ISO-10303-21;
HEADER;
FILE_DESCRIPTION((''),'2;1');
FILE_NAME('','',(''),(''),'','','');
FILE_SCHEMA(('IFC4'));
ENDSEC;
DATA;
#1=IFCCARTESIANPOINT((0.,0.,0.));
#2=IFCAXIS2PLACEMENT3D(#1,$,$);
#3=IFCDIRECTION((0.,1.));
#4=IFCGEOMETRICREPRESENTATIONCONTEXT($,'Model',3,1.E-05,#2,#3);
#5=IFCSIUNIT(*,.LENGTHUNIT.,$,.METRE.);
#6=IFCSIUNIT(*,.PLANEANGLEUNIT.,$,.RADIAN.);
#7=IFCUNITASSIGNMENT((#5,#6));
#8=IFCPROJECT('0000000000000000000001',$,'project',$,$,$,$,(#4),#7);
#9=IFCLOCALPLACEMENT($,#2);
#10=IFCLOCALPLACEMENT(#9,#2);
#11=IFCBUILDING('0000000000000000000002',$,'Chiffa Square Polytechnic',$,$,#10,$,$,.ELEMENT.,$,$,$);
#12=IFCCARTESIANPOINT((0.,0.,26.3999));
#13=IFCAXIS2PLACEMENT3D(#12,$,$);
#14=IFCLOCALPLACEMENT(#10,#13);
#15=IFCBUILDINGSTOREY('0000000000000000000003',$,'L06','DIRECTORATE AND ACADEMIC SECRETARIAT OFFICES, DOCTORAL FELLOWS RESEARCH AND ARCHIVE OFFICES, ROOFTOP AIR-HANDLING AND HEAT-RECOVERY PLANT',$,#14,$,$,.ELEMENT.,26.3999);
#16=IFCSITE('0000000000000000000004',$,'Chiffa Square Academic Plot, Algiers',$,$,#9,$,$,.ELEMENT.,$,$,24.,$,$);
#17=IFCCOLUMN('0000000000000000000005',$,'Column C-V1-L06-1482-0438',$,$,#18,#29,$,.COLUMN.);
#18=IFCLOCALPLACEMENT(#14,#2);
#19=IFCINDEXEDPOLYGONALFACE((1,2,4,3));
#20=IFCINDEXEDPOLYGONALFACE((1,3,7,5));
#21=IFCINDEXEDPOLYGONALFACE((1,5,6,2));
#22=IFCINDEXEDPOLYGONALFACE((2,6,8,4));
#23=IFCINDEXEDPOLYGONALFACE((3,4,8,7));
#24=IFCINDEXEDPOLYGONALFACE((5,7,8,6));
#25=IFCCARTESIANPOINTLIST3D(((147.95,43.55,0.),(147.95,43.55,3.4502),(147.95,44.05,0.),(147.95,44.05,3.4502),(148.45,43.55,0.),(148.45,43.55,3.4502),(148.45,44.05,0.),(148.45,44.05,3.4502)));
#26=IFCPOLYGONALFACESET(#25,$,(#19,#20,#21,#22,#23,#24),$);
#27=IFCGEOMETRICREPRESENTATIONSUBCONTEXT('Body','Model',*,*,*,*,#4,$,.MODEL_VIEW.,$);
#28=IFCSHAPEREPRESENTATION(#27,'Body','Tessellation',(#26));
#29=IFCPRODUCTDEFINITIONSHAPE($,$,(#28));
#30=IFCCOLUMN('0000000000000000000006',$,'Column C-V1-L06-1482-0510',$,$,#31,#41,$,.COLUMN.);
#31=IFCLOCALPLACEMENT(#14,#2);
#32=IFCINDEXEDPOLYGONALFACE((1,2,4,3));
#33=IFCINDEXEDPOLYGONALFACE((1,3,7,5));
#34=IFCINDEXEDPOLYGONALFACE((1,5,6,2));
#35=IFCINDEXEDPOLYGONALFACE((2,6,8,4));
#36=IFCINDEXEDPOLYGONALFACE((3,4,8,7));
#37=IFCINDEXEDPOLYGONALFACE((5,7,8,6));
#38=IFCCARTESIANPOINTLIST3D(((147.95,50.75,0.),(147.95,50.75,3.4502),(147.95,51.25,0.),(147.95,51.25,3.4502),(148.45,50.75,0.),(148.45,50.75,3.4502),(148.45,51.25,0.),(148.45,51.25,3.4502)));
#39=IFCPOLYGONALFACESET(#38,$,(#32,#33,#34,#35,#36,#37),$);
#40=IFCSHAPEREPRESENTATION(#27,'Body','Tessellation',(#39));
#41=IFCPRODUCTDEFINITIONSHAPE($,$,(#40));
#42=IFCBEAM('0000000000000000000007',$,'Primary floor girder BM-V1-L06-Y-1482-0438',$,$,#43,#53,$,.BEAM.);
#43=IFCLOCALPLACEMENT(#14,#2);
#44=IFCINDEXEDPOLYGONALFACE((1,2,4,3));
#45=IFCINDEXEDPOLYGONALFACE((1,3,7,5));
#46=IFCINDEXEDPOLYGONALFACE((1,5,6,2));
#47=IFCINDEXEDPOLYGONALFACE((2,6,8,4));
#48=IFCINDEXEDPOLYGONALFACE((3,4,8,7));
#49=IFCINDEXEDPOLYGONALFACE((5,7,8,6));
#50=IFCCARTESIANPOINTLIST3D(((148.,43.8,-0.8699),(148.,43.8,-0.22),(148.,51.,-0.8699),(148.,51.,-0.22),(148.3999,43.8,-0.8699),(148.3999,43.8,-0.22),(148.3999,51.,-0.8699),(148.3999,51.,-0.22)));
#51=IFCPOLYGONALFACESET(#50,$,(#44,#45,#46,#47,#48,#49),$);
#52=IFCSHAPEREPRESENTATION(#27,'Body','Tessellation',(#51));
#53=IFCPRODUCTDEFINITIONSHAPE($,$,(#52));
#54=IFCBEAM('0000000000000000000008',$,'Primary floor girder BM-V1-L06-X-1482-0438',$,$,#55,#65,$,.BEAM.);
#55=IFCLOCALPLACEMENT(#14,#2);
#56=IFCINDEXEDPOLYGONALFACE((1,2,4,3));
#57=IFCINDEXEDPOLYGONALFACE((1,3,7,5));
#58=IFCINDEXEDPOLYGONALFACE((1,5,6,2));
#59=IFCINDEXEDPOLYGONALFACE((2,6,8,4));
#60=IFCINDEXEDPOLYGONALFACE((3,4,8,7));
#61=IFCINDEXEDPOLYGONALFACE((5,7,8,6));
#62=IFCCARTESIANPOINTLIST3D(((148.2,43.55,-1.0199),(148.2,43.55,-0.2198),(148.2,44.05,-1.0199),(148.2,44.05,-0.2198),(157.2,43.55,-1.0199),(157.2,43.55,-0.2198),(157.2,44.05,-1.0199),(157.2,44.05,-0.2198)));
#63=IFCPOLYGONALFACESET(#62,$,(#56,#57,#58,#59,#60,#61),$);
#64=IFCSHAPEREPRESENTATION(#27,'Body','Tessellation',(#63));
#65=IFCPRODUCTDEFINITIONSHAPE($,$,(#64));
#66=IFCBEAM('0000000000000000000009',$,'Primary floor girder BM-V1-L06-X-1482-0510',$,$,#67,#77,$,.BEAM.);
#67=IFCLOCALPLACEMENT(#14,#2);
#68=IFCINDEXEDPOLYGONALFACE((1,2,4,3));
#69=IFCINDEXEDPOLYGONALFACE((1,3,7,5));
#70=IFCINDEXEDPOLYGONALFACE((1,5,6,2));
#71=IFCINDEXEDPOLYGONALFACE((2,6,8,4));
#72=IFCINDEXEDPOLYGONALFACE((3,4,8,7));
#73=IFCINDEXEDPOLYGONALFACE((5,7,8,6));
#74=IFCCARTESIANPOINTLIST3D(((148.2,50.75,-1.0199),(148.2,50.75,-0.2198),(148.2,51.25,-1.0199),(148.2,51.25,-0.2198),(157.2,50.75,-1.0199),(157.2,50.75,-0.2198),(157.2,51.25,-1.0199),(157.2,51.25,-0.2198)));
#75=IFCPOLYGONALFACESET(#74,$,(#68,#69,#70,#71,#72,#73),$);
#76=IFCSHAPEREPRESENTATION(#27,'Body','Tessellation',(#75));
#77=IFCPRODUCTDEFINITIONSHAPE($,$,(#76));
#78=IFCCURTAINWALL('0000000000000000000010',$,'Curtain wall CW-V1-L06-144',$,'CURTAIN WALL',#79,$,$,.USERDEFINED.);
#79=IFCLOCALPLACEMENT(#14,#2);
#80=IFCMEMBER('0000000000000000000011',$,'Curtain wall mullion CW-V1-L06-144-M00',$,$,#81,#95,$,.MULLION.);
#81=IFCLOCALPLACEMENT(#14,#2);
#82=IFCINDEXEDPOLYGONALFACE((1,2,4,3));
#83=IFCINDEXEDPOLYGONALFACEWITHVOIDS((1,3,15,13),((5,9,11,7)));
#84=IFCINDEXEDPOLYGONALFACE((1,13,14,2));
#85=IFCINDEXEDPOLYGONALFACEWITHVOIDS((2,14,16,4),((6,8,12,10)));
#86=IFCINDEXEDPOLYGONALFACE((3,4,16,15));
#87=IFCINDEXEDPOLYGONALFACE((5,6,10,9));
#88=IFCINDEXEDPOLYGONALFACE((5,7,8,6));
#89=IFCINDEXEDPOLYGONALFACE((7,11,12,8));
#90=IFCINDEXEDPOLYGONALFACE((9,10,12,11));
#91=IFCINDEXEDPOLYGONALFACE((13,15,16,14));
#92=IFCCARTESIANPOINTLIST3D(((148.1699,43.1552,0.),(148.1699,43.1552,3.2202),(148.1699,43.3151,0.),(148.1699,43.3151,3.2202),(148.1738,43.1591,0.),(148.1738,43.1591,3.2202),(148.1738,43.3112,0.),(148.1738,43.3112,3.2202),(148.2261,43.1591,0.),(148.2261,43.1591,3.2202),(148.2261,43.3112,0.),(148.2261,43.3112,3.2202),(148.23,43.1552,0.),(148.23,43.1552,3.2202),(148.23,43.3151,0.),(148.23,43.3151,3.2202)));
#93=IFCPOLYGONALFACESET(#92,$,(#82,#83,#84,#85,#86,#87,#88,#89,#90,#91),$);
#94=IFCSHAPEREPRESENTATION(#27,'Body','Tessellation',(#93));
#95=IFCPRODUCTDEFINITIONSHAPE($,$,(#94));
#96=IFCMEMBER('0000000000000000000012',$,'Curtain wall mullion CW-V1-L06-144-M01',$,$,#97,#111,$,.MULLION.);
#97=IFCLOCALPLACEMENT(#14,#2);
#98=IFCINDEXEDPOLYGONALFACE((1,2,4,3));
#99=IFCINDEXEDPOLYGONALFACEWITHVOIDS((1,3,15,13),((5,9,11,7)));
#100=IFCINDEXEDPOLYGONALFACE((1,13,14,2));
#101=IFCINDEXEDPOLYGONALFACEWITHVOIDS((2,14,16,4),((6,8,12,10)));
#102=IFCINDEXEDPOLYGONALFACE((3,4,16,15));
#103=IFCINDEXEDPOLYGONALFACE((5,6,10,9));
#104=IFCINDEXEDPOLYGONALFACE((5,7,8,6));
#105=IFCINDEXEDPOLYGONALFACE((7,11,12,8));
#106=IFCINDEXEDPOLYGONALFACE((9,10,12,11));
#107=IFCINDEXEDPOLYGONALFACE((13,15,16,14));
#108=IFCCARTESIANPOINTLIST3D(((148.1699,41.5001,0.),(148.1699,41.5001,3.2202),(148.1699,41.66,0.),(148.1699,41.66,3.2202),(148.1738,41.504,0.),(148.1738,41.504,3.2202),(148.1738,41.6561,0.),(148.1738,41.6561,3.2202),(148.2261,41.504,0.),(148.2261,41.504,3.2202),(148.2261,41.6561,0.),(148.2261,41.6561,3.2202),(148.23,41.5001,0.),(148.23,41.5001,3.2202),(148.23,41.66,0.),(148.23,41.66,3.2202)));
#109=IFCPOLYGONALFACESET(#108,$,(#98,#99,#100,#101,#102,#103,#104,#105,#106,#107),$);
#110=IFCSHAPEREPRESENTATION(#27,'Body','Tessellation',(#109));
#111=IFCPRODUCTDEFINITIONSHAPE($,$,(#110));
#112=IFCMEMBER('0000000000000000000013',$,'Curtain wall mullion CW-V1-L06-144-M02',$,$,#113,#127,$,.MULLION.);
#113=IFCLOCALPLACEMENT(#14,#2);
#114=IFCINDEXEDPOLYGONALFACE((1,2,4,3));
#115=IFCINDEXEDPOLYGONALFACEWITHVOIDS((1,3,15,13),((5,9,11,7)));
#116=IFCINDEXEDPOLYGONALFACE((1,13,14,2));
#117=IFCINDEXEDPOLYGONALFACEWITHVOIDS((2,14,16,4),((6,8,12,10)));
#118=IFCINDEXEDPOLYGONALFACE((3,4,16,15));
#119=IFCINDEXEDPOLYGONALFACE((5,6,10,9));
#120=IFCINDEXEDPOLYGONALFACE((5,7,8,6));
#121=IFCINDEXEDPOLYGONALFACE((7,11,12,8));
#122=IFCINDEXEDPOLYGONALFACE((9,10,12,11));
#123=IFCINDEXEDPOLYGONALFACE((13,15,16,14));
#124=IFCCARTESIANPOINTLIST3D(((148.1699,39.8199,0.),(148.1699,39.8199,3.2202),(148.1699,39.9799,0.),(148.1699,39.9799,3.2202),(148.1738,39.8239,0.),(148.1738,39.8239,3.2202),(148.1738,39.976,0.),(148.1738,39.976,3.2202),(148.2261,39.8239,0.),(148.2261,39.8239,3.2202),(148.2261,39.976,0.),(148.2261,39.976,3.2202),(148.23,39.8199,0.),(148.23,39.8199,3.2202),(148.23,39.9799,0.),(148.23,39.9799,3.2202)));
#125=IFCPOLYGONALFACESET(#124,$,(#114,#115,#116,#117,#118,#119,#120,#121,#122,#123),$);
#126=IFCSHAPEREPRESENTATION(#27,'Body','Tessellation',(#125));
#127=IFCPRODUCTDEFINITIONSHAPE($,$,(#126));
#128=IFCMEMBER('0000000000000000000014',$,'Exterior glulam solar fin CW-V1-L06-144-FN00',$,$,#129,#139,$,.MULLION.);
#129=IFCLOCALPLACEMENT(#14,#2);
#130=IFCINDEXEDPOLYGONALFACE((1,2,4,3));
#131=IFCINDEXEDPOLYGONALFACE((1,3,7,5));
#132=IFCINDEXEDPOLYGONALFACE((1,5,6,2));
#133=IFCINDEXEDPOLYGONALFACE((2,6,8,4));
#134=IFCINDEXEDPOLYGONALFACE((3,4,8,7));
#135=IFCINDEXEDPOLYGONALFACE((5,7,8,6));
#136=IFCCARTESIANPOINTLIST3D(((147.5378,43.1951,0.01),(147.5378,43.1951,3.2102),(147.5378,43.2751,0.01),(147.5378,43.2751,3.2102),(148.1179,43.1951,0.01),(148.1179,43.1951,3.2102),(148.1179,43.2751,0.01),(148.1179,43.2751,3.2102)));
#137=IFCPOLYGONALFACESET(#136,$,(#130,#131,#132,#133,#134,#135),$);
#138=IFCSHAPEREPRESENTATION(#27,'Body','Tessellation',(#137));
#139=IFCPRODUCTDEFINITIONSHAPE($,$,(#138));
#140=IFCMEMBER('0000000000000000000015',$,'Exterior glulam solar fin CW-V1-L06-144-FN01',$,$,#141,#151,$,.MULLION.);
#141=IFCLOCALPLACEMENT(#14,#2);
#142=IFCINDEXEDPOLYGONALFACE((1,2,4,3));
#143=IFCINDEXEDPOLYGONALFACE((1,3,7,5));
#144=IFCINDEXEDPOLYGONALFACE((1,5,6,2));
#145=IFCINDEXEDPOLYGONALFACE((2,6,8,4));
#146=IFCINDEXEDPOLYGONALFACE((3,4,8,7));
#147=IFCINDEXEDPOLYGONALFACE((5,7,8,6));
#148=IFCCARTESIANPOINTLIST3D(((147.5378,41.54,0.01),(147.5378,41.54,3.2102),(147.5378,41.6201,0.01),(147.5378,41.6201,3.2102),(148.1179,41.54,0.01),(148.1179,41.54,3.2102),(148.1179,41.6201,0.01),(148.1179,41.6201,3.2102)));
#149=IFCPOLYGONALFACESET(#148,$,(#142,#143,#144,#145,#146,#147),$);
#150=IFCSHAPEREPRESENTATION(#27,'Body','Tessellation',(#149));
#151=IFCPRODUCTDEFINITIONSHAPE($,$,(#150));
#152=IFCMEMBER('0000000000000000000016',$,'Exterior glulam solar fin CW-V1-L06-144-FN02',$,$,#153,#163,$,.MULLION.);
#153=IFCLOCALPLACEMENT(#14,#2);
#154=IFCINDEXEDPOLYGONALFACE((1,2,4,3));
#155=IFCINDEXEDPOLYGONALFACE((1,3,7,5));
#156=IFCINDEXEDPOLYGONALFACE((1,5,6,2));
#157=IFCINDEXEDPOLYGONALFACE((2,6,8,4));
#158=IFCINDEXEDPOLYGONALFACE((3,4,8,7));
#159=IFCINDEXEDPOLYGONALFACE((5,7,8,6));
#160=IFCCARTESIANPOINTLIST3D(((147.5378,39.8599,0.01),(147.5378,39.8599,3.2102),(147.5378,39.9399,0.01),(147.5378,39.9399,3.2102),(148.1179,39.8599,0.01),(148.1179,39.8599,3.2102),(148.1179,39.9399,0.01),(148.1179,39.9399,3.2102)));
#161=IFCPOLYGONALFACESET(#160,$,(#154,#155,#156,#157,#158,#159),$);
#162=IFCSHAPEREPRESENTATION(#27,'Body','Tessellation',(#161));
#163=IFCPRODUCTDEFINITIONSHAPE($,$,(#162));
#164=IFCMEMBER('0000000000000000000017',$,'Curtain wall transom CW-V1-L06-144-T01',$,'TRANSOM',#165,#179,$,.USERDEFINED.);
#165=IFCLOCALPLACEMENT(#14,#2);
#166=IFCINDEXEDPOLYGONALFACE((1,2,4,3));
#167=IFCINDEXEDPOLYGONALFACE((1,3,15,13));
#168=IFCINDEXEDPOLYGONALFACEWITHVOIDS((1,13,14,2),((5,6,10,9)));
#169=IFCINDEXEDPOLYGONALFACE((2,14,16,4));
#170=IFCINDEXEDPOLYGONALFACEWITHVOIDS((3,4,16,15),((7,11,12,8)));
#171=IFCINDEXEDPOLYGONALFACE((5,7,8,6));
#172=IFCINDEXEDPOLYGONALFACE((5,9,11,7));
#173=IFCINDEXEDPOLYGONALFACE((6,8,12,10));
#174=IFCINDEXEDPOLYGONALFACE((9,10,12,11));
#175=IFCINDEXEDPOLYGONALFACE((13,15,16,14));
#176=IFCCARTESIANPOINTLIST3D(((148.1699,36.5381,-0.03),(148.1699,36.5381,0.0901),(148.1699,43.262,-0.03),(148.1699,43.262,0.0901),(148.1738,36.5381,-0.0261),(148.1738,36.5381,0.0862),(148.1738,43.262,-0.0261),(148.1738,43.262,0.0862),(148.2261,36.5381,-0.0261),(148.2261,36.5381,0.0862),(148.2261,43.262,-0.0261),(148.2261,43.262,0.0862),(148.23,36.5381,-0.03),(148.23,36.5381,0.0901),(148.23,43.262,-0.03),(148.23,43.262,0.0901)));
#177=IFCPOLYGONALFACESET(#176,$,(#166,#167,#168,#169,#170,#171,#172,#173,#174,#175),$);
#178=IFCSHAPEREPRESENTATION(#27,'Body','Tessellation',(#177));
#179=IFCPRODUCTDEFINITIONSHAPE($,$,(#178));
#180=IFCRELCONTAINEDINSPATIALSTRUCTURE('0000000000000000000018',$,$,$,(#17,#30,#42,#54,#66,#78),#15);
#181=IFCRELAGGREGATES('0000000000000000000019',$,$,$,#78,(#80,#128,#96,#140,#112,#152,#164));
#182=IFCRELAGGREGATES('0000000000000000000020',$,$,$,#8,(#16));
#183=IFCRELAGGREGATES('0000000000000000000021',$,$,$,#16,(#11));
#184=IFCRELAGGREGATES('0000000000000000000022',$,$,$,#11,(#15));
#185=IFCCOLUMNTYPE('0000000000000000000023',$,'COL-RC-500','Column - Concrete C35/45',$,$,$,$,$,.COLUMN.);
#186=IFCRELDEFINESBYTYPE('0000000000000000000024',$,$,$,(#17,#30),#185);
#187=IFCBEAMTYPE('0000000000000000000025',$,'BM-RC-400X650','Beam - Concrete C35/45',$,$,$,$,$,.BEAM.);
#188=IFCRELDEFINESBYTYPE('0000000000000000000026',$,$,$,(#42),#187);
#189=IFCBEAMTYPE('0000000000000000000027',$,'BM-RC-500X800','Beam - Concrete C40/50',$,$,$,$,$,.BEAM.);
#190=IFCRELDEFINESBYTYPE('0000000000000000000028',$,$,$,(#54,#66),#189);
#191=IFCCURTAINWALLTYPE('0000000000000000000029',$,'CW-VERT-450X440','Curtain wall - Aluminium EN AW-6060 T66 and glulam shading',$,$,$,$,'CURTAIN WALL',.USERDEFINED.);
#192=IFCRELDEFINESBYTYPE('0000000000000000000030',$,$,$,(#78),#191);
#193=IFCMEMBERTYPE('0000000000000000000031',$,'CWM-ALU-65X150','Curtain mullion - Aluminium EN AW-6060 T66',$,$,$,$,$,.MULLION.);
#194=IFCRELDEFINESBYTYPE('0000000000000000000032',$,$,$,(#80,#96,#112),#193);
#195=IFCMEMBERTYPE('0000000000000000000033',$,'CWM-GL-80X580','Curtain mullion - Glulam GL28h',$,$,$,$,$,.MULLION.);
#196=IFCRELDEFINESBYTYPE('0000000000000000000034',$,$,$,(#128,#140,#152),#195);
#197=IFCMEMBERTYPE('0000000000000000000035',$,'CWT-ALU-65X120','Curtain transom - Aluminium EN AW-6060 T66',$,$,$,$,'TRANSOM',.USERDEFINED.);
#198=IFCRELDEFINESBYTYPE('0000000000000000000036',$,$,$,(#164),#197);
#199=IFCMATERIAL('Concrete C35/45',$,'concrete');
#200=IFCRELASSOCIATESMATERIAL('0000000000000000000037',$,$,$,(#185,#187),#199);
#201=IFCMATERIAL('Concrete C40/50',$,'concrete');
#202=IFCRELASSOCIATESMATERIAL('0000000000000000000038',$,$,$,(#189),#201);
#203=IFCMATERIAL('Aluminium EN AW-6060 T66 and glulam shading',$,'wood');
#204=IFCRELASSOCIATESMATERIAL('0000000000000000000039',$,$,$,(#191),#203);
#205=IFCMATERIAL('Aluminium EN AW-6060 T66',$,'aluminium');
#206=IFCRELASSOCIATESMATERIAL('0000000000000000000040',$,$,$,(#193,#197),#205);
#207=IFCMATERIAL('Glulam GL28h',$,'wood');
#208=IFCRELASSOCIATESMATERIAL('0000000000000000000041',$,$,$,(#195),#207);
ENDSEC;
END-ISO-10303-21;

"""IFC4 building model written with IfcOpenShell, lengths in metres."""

from ifc_helpers import new_model, si_unit, direction, frame, origin, origin_2d, place, context, subcontext, project, spatial, rectangle, hollow_rectangle, extrude, material, material_profile, profile_set, type_object, element, aggregate, save


model = new_model("IFC4")

# Units and contexts
model_context = context("Model", 3, precision=1e-05, world=origin(), true_north=direction((0.0, 1.0)))
body_context = subcontext(model_context, "Body", "Model", "MODEL_VIEW")
ifc_project = project(units=[si_unit("LENGTHUNIT", "METRE"), si_unit("PLANEANGLEUNIT", "RADIAN")], contexts=[model_context])

# Site, building, storey
site_placement = place(None, origin())
site = spatial("IfcSite", under=ifc_project, at=site_placement, Name="Chiffa Square Academic Plot, Algiers", CompositionType="ELEMENT", RefElevation=24.0)
building_placement = place(site_placement, origin())
building = spatial("IfcBuilding", under=site, at=building_placement, Name="Chiffa Square Polytechnic", CompositionType="ELEMENT")
storey_placement = place(building_placement, frame((0.0, 0.0, 26.3999)))
storey = spatial("IfcBuildingStorey", under=building, at=storey_placement, Name="L06", Description="DIRECTORATE AND ACADEMIC SECRETARIAT OFFICES, DOCTORAL FELLOWS RESEARCH AND ARCHIVE OFFICES, ROOFTOP AIR-HANDLING AND HEAT-RECOVERY PLANT", CompositionType="ELEMENT", Elevation=26.3999)

# Columns
ifc_material_1 = material(Name="Concrete C35/45", Category="concrete")
ifc_material_profile_1 = material_profile(ifc_material_1, rectangle(XDim=0.5, YDim=0.5, at=origin_2d()), Name="RC 500x500")
ifc_profile_set_1 = profile_set([ifc_material_profile_1], Name="Concrete C35/45")
column_type = type_object("IfcColumnType", Name="COL-RC-500", Description="Column - Concrete C35/45", PredefinedType="COLUMN", material=ifc_profile_set_1)
for number, where, z_axis, x_axis, name in (
    (1, (148.2, 43.8, 0.0), (0.0, 0.0, 1.0), (1.0, 0.0, 0.0), "Column C-V1-L06-1482-0438"),
    (2, (148.2, 51.0, 0.0), (0.0, 0.0, 1.0), (1.0, 0.0, 0.0), "Column C-V1-L06-1482-0510"),
):
    element("IfcColumn", number, at=place(storey_placement, frame(where, z_axis=z_axis, x_axis=x_axis)), inside=storey, type_object=column_type, Name=name, PredefinedType="COLUMN", context=body_context, shape_type="SweptSolid", body=[
        extrude(rectangle(XDim=0.5, YDim=0.5, at=origin_2d()), origin(), (0.0, 0.0, 1.0), 3.4502),
    ])

# Beams
ifc_material_profile_2 = material_profile(ifc_material_1, rectangle(XDim=0.3999, YDim=0.6499, at=origin_2d()), Name="RC 400x650")
ifc_profile_set_2 = profile_set([ifc_material_profile_2], Name="Concrete C35/45")
beam_type_1 = type_object("IfcBeamType", Name="BM-RC-400X650", Description="Beam - Concrete C35/45", PredefinedType="BEAM", material=ifc_profile_set_2)
beam_placement = place(storey_placement, frame((148.2, 43.8, -0.5449), z_axis=(0.0, 1.0, 0.0), x_axis=(-1.0, 0.0, 0.0)))
element("IfcBeam", 3, at=beam_placement, inside=storey, type_object=beam_type_1, Name="Primary floor girder BM-V1-L06-Y-1482-0438", PredefinedType="BEAM", context=body_context, shape_type="SweptSolid", body=[
    extrude(rectangle(XDim=0.3999, YDim=0.6499, at=origin_2d()), origin(), (0.0, 0.0, 1.0), 7.2),
])
ifc_material_2 = material(Name="Concrete C40/50", Category="concrete")
ifc_material_profile_3 = material_profile(ifc_material_2, rectangle(XDim=0.5, YDim=0.8, at=origin_2d()), Name="RC 500x800")
ifc_profile_set_3 = profile_set([ifc_material_profile_3], Name="Concrete C40/50")
beam_type_2 = type_object("IfcBeamType", Name="BM-RC-500X800", Description="Beam - Concrete C40/50", PredefinedType="BEAM", material=ifc_profile_set_3)
for number, where, z_axis, x_axis, name in (
    (4, (148.2, 43.8, -0.6199), (1.0, 0.0, 0.0), (0.0, 1.0, 0.0), "Primary floor girder BM-V1-L06-X-1482-0438"),
    (5, (148.2, 51.0, -0.6199), (1.0, 0.0, 0.0), (0.0, 1.0, 0.0), "Primary floor girder BM-V1-L06-X-1482-0510"),
):
    element("IfcBeam", number, at=place(storey_placement, frame(where, z_axis=z_axis, x_axis=x_axis)), inside=storey, type_object=beam_type_2, Name=name, PredefinedType="BEAM", context=body_context, shape_type="SweptSolid", body=[
        extrude(rectangle(XDim=0.5, YDim=0.8, at=origin_2d()), origin(), (0.0, 0.0, 1.0), 9.0),
    ])

# Curtain wall, members
ifc_material_3 = material(Name="Aluminium EN AW-6060 T66 and glulam shading", Category="wood")
curtain_wall_type = type_object("IfcCurtainWallType", Name="CW-VERT-450X440", Description="Curtain wall - Aluminium EN AW-6060 T66 and glulam shading", ElementType="CURTAIN WALL", PredefinedType="USERDEFINED", material=ifc_material_3)
curtain_wall_placement = place(storey_placement, origin())
curtain_wall = element("IfcCurtainWall", 6, at=curtain_wall_placement, inside=storey, type_object=curtain_wall_type, Name="Curtain wall CW-V1-L06-144", ObjectType="CURTAIN WALL", PredefinedType="USERDEFINED")
ifc_material_4 = material(Name="Aluminium EN AW-6060 T66", Category="aluminium")
ifc_material_profile_4 = material_profile(ifc_material_4, hollow_rectangle(XDim=0.0601, YDim=0.1599, WallThickness=0.0039, at=origin_2d()), Name="ALU 60x160x4")
ifc_profile_set_4 = profile_set([ifc_material_profile_4], Name="Aluminium EN AW-6060 T66")
member_type_1 = type_object("IfcMemberType", Name="CWM-ALU-65X150", Description="Curtain mullion - Aluminium EN AW-6060 T66", PredefinedType="MULLION", material=ifc_profile_set_4)
member_1_placement = place(storey_placement, frame((148.2, 43.2351, 0.0), z_axis=(0.0, 0.0, 1.0), x_axis=(1.0, 0.0, 0.0)))
member_1 = element("IfcMember", 7, at=member_1_placement, type_object=member_type_1, Name="Curtain wall mullion CW-V1-L06-144-M00", PredefinedType="MULLION", context=body_context, shape_type="SweptSolid", body=[
    extrude(hollow_rectangle(XDim=0.0601, YDim=0.1599, WallThickness=0.0039, at=origin_2d()), origin(), (0.0, 0.0, 1.0), 3.2202),
])
member_2_placement = place(storey_placement, frame((148.2, 41.5801, 0.0), z_axis=(0.0, 0.0, 1.0), x_axis=(1.0, 0.0, 0.0)))
member_2 = element("IfcMember", 8, at=member_2_placement, type_object=member_type_1, Name="Curtain wall mullion CW-V1-L06-144-M01", PredefinedType="MULLION", context=body_context, shape_type="SweptSolid", body=[
    extrude(hollow_rectangle(XDim=0.0601, YDim=0.1599, WallThickness=0.0039, at=origin_2d()), origin(), (0.0, 0.0, 1.0), 3.2202),
])
member_3_placement = place(storey_placement, frame((148.2, 39.8999, 0.0), z_axis=(0.0, 0.0, 1.0), x_axis=(1.0, 0.0, 0.0)))
member_3 = element("IfcMember", 9, at=member_3_placement, type_object=member_type_1, Name="Curtain wall mullion CW-V1-L06-144-M02", PredefinedType="MULLION", context=body_context, shape_type="SweptSolid", body=[
    extrude(hollow_rectangle(XDim=0.0601, YDim=0.1599, WallThickness=0.0039, at=origin_2d()), origin(), (0.0, 0.0, 1.0), 3.2202),
])
ifc_material_5 = material(Name="Glulam GL28h", Category="wood")
ifc_material_profile_5 = material_profile(ifc_material_5, rectangle(XDim=0.0801, YDim=0.5801, at=origin_2d()), Name="GL28h 80x580")
ifc_profile_set_5 = profile_set([ifc_material_profile_5], Name="Glulam GL28h")
member_type_2 = type_object("IfcMemberType", Name="CWM-GL-80X580", Description="Curtain mullion - Glulam GL28h", PredefinedType="MULLION", material=ifc_profile_set_5)
member_4_placement = place(storey_placement, frame((147.8279, 43.2351, 0.01), z_axis=(0.0, 0.0, 1.0), x_axis=(0.0, -1.0, 0.0)))
member_4 = element("IfcMember", 10, at=member_4_placement, type_object=member_type_2, Name="Exterior glulam solar fin CW-V1-L06-144-FN00", PredefinedType="MULLION", context=body_context, shape_type="SweptSolid", body=[
    extrude(rectangle(XDim=0.0801, YDim=0.5801, at=origin_2d()), origin(), (0.0, 0.0, 1.0), 3.2002),
])
member_5_placement = place(storey_placement, frame((147.8279, 41.5801, 0.01), z_axis=(0.0, 0.0, 1.0), x_axis=(0.0, -1.0, 0.0)))
member_5 = element("IfcMember", 11, at=member_5_placement, type_object=member_type_2, Name="Exterior glulam solar fin CW-V1-L06-144-FN01", PredefinedType="MULLION", context=body_context, shape_type="SweptSolid", body=[
    extrude(rectangle(XDim=0.0801, YDim=0.5801, at=origin_2d()), origin(), (0.0, 0.0, 1.0), 3.2002),
])
member_6_placement = place(storey_placement, frame((147.8279, 39.8999, 0.01), z_axis=(0.0, 0.0, 1.0), x_axis=(0.0, -1.0, 0.0)))
member_6 = element("IfcMember", 12, at=member_6_placement, type_object=member_type_2, Name="Exterior glulam solar fin CW-V1-L06-144-FN02", PredefinedType="MULLION", context=body_context, shape_type="SweptSolid", body=[
    extrude(rectangle(XDim=0.0801, YDim=0.5801, at=origin_2d()), origin(), (0.0, 0.0, 1.0), 3.2002),
])
ifc_material_profile_6 = material_profile(ifc_material_4, hollow_rectangle(XDim=0.0601, YDim=0.1201, WallThickness=0.0039, at=origin_2d()), Name="ALU 60x120x4")
ifc_profile_set_6 = profile_set([ifc_material_profile_6], Name="Aluminium EN AW-6060 T66")
member_type_3 = type_object("IfcMemberType", Name="CWT-ALU-65X120", Description="Curtain transom - Aluminium EN AW-6060 T66", ElementType="TRANSOM", PredefinedType="USERDEFINED", material=ifc_profile_set_6)
member_7_placement = place(storey_placement, frame((148.2, 43.262, 0.03), z_axis=(0.0, -1.0, 0.0), x_axis=(1.0, 0.0, 0.0)))
member_7 = element("IfcMember", 13, at=member_7_placement, type_object=member_type_3, Name="Curtain wall transom CW-V1-L06-144-T01", ObjectType="TRANSOM", PredefinedType="USERDEFINED", context=body_context, shape_type="SweptSolid", body=[
    extrude(hollow_rectangle(XDim=0.0601, YDim=0.1201, WallThickness=0.0039, at=origin_2d()), origin(), (0.0, 0.0, 1.0), 6.7239),
])
aggregate(curtain_wall, [member_1, member_4, member_2, member_5, member_3, member_6, member_7])

save(model, "model.ifc")
